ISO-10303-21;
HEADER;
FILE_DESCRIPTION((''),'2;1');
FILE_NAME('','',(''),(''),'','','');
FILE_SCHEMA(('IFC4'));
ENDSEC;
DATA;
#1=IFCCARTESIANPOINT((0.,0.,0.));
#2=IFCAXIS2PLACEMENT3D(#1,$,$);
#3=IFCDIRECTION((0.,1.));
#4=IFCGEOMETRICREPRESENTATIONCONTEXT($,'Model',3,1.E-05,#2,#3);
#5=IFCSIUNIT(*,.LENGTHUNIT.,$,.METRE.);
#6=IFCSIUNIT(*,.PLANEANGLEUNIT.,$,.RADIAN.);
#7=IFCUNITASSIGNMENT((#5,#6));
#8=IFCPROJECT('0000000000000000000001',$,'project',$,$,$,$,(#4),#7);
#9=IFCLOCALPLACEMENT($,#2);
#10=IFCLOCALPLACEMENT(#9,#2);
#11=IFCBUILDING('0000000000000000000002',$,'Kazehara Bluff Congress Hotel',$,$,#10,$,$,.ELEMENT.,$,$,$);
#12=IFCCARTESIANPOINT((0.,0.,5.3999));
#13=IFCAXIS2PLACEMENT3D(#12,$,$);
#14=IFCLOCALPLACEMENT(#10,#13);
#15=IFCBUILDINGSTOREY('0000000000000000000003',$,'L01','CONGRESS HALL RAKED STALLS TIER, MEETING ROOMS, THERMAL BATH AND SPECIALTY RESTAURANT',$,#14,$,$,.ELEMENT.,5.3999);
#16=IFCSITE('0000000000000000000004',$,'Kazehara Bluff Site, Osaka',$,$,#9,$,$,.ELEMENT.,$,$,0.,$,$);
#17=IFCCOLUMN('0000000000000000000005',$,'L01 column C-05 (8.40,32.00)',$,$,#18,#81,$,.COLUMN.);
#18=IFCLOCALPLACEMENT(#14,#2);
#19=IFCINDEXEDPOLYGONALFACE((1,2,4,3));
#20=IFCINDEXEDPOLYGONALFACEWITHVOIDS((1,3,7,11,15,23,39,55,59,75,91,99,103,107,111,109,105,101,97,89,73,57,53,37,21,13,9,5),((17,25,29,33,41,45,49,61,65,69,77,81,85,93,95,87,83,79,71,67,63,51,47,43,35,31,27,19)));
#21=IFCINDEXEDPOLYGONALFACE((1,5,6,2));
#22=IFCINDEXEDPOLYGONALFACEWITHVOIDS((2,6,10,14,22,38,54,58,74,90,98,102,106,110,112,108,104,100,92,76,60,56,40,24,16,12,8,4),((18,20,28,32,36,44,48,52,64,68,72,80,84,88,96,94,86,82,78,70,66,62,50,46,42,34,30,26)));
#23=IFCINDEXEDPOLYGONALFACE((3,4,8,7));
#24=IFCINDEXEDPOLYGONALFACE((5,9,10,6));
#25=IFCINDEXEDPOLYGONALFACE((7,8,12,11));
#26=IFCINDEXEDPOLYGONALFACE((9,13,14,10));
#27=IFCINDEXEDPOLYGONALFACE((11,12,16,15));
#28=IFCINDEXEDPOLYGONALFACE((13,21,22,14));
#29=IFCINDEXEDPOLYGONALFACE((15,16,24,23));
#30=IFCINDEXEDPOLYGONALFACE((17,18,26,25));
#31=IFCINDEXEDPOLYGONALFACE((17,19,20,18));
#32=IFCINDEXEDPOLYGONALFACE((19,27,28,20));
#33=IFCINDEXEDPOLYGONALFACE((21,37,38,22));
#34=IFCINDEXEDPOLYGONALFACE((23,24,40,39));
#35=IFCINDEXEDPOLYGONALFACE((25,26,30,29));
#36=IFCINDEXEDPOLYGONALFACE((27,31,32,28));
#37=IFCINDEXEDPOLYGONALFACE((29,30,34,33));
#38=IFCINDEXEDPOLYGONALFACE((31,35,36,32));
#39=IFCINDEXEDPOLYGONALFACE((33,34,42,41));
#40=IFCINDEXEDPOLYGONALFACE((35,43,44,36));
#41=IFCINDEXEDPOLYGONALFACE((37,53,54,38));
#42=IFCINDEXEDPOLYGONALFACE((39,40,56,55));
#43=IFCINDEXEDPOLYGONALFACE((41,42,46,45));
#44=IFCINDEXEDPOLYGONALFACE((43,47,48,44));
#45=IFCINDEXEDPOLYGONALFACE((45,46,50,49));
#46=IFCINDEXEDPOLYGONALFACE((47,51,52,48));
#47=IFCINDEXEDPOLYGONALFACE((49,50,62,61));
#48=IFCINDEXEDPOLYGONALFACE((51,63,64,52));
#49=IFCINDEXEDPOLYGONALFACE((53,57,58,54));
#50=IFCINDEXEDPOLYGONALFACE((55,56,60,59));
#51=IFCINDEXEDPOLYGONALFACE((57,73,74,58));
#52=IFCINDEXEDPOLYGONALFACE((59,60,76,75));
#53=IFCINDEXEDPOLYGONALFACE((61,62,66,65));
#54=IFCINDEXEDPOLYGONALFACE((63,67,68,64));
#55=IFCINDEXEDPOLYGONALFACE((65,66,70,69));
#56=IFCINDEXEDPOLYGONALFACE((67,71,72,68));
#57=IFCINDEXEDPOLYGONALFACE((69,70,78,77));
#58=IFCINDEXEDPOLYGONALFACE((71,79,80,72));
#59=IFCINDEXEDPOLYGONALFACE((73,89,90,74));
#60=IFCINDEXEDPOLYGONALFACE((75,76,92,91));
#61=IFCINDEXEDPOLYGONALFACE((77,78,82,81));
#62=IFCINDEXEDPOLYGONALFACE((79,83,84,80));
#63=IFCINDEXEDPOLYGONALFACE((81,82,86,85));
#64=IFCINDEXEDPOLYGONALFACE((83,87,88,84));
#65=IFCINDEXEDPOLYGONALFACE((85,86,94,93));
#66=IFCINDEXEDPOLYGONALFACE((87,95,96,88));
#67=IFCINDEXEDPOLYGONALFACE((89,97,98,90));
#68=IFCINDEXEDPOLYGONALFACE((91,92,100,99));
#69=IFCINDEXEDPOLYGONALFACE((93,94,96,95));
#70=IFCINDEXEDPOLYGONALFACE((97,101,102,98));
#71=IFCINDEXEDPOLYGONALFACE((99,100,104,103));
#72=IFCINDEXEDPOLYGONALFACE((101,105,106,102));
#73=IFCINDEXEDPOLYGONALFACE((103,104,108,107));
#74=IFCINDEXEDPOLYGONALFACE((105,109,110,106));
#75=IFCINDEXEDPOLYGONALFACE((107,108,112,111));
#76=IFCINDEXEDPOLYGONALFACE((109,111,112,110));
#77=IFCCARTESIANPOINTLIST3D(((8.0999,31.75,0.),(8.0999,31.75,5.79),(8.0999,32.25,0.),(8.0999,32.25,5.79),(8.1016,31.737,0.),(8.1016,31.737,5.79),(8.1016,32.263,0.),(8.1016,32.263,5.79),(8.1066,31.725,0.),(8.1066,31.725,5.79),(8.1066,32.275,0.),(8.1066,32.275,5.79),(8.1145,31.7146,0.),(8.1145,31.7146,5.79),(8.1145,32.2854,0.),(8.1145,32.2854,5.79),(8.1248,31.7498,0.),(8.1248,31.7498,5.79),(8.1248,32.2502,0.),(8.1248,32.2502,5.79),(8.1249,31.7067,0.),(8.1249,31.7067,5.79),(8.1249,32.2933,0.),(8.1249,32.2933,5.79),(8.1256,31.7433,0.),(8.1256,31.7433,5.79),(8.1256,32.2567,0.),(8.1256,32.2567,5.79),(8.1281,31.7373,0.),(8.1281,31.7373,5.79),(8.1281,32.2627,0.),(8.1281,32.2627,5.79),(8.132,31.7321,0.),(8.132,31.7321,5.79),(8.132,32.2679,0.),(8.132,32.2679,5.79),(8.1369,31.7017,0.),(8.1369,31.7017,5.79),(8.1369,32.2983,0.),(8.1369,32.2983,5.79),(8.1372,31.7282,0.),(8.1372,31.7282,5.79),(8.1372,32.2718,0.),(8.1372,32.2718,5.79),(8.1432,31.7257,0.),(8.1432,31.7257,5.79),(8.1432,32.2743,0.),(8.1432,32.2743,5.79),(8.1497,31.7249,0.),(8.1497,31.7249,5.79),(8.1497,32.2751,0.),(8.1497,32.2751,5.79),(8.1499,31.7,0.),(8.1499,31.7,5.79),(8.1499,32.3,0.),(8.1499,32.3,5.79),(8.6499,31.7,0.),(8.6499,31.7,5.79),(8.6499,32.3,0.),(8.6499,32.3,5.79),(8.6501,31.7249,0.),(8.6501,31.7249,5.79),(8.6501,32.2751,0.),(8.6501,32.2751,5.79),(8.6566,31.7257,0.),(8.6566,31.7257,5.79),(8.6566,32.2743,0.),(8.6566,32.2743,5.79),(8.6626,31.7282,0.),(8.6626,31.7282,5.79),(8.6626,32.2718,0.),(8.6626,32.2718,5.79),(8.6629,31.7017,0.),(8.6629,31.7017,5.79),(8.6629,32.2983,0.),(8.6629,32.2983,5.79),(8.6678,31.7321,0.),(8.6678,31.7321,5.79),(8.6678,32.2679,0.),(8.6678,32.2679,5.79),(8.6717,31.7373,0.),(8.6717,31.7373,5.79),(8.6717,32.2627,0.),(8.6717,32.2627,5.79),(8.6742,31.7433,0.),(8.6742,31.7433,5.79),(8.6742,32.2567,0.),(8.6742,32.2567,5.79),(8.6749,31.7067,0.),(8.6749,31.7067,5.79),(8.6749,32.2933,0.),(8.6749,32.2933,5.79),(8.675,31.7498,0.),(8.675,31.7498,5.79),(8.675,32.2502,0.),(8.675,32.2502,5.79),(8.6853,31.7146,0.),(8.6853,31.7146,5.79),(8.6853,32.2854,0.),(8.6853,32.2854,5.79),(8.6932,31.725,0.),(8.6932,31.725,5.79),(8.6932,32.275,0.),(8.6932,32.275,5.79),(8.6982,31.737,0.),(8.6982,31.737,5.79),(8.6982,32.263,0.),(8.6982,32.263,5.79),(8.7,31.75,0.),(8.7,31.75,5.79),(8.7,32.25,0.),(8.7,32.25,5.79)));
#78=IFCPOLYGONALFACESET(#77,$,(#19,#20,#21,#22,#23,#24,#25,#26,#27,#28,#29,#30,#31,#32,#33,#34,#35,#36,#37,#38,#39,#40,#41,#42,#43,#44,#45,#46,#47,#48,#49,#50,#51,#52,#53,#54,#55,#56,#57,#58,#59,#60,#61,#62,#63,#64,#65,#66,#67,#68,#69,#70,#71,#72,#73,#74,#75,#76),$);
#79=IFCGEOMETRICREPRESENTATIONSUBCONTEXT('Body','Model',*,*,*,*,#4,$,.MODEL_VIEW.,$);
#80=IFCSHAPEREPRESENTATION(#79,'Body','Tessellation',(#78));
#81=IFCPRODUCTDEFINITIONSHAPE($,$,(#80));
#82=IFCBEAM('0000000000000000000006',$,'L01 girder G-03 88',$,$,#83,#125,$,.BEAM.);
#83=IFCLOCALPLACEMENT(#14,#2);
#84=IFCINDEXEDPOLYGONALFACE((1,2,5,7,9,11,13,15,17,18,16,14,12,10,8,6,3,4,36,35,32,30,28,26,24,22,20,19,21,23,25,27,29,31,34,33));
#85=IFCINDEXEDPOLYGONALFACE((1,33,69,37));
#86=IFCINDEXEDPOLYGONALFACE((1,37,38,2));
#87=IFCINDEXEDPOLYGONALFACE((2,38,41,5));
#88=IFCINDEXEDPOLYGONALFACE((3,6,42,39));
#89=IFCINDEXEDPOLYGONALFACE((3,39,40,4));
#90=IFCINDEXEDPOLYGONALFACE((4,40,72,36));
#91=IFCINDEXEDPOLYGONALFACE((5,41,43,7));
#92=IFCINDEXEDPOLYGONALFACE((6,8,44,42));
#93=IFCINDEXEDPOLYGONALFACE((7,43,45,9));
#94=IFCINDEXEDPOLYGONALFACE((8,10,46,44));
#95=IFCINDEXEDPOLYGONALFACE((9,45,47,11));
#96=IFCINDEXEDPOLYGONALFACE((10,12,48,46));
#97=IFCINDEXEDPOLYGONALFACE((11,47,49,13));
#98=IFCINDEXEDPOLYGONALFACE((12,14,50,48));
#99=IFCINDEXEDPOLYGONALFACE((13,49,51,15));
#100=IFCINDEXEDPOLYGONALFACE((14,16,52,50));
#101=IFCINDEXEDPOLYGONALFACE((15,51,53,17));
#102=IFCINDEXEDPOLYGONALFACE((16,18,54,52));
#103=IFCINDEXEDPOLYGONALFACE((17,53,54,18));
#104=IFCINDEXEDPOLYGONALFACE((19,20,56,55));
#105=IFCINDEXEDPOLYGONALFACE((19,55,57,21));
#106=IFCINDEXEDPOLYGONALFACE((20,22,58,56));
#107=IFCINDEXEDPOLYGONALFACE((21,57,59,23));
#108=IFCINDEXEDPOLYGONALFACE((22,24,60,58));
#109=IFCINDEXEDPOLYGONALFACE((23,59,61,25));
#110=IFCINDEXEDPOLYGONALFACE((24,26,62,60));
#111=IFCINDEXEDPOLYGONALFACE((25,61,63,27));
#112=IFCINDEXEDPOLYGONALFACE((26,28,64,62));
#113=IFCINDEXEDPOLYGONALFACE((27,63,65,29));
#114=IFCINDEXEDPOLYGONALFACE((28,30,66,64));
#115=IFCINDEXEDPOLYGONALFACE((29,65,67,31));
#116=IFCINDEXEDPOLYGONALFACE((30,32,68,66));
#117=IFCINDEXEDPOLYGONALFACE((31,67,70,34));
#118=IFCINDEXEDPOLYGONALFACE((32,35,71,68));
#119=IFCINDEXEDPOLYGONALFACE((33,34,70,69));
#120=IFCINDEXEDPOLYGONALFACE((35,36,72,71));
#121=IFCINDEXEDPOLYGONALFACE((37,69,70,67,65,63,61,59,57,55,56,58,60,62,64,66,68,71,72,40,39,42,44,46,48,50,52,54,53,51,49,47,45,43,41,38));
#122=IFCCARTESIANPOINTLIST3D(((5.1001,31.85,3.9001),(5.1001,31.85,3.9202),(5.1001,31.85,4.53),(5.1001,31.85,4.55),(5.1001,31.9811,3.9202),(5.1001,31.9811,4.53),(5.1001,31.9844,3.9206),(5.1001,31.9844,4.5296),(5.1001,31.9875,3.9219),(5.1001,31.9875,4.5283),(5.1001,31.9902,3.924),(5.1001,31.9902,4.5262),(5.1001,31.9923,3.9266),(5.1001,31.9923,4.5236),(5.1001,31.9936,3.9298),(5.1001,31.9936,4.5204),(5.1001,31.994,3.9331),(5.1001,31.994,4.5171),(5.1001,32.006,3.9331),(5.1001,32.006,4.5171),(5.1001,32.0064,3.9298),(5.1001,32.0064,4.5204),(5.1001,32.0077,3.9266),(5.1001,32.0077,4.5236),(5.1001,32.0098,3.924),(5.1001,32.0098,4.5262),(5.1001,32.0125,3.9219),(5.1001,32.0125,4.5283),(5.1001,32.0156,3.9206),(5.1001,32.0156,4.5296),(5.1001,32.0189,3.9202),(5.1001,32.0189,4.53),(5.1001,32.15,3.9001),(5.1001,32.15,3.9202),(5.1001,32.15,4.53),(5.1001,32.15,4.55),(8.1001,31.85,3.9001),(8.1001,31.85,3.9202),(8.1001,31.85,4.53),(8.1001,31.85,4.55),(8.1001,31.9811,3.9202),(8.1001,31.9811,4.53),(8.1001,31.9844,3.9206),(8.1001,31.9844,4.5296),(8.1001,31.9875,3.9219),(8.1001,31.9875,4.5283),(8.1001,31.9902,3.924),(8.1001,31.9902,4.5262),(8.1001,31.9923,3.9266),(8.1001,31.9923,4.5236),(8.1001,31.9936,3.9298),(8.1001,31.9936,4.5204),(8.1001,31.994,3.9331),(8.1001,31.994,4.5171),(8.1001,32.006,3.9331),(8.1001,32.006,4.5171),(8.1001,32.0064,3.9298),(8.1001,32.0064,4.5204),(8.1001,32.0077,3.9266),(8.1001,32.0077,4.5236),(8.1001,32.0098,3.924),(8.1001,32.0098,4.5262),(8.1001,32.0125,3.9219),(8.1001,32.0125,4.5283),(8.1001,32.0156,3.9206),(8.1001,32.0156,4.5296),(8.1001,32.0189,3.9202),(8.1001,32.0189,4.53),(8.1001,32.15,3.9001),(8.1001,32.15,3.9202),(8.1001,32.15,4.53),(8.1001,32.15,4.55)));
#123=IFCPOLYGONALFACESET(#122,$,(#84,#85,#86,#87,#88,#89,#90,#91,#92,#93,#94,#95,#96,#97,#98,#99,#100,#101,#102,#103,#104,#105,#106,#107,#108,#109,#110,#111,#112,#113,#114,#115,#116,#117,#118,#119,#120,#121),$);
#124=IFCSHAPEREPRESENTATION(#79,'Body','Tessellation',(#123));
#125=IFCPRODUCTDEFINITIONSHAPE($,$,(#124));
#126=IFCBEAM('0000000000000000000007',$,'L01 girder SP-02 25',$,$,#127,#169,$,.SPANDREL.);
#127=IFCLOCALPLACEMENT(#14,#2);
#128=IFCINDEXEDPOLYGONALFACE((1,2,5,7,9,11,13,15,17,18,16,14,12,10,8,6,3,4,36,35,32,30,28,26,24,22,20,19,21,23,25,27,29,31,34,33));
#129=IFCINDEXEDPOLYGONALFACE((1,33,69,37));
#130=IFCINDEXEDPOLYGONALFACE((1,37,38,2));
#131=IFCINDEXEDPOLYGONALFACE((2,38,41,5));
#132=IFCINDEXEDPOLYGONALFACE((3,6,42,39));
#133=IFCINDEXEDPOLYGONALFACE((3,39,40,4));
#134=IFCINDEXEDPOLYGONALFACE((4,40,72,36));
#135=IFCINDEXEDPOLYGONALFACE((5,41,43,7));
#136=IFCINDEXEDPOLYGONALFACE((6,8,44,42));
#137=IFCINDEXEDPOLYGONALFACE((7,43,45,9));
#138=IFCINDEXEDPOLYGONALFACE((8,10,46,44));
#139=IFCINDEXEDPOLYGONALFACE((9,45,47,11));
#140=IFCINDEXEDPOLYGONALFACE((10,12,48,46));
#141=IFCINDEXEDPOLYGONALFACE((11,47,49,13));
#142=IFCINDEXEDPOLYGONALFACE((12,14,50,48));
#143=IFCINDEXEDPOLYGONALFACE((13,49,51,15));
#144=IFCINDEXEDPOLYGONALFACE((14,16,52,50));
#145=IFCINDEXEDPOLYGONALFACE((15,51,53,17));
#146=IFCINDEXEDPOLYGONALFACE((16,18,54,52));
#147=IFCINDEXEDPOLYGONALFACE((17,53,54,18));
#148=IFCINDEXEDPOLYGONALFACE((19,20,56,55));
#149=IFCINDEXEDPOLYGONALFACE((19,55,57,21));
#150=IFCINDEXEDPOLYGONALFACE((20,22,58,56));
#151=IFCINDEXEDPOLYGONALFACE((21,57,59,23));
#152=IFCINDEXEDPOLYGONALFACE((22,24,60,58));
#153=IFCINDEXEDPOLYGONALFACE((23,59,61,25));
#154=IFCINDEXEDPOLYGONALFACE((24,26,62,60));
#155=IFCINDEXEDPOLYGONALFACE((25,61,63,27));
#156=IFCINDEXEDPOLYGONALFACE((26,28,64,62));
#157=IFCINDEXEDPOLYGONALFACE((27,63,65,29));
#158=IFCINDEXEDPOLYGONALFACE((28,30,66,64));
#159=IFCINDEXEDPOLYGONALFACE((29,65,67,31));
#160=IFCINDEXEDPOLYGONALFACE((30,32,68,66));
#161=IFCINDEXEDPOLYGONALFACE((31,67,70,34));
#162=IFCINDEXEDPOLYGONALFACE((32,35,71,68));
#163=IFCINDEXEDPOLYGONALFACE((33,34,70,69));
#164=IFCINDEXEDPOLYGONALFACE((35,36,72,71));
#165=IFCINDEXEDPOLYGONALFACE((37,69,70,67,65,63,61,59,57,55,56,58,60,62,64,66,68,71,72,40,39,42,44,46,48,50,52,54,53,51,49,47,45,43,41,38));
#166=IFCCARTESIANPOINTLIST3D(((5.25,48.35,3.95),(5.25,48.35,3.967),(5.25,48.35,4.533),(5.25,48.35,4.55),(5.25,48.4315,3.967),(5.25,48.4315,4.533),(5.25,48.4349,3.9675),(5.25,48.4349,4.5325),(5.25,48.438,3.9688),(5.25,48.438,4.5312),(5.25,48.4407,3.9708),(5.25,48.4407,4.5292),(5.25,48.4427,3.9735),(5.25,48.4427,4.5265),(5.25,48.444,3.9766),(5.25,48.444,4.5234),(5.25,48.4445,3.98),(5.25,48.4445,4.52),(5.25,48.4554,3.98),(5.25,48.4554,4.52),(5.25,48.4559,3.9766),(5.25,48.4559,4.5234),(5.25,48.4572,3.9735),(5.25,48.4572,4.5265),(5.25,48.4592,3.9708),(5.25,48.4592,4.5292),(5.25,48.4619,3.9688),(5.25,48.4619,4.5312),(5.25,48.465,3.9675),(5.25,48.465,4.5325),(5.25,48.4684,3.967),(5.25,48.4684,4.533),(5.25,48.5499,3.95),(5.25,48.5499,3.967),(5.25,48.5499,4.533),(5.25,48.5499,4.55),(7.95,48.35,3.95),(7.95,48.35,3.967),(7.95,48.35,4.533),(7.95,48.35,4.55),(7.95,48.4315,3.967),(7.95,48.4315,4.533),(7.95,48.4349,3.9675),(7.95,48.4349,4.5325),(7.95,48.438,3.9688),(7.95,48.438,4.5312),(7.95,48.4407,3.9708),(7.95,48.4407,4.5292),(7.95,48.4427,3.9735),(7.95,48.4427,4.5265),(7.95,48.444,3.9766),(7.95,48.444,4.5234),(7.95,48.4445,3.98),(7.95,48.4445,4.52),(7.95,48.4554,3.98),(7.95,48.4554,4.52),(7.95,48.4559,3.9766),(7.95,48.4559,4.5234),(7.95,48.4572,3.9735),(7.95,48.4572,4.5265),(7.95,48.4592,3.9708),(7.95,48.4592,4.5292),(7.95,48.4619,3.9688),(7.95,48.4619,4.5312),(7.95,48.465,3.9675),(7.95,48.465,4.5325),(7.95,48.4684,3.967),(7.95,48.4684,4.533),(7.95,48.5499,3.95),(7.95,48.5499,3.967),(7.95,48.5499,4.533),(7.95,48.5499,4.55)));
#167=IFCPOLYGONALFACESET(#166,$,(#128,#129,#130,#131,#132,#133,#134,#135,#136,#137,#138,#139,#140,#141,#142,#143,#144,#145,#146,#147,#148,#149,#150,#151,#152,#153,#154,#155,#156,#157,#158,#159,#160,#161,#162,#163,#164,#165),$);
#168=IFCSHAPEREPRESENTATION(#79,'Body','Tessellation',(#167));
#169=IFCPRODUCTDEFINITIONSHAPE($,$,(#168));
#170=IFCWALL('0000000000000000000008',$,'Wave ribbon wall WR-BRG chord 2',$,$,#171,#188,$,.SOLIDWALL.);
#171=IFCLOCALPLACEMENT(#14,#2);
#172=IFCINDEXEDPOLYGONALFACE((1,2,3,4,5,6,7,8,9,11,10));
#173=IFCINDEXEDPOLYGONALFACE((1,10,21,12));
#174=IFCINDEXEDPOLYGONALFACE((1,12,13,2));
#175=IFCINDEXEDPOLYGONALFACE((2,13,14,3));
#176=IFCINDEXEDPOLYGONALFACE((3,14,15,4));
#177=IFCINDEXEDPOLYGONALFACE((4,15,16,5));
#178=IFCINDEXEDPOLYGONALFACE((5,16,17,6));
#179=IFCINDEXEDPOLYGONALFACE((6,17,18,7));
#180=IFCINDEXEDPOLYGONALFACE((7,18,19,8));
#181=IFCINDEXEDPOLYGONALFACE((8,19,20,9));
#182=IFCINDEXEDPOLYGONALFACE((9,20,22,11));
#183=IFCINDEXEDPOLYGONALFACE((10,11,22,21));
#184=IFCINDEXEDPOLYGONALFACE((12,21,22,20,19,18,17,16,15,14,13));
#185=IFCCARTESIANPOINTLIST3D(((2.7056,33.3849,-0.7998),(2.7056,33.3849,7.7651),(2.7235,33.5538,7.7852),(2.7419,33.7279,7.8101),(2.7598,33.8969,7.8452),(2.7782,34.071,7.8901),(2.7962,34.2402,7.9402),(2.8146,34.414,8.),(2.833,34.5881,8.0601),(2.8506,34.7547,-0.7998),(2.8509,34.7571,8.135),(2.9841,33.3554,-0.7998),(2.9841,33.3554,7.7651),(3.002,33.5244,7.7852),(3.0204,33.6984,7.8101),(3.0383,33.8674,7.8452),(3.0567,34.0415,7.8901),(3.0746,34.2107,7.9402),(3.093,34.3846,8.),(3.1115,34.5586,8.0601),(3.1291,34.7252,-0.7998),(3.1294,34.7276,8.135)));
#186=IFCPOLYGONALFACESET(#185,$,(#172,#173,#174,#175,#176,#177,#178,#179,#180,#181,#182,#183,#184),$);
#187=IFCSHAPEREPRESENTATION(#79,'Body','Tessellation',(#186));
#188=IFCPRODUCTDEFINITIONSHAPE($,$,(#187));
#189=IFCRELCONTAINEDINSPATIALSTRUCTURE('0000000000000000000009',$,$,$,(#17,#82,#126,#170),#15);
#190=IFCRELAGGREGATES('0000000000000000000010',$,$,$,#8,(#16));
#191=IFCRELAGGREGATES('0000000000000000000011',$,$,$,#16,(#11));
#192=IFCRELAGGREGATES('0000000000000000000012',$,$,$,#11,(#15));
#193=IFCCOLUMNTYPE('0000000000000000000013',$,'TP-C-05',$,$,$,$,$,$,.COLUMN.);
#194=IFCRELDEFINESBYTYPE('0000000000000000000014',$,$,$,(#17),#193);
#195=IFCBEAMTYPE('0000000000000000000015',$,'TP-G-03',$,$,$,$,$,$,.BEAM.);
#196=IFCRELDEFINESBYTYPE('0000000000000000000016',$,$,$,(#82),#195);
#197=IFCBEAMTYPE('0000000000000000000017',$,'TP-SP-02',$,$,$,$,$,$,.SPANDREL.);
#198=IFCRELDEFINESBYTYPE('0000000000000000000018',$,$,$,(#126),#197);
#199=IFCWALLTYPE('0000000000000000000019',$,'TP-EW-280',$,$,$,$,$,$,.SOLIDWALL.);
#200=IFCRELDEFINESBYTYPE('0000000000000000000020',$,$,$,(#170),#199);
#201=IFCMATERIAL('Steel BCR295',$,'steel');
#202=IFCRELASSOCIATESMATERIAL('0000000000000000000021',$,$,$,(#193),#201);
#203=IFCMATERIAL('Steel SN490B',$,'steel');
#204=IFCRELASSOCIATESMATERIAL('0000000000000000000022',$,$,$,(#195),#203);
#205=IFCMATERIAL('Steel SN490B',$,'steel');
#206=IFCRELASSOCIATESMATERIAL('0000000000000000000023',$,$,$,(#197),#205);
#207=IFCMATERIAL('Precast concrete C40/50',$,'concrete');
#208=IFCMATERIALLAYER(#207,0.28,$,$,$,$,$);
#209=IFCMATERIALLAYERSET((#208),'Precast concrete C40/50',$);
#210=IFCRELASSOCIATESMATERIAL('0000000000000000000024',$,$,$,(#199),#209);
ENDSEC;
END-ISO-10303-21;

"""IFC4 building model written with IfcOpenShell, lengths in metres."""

from ifc_helpers import new_model, si_unit, direction, frame, origin, origin_2d, place, context, subcontext, project, spatial, polyline, hollow_rectangle, i_section, outline, extrude, material, layer, layer_set, material_profile, profile_set, type_object, element, save


model = new_model("IFC4")

# Units and contexts
model_context = context("Model", 3, precision=1e-05, world=origin(), true_north=direction((0.0, 1.0)))
body_context = subcontext(model_context, "Body", "Model", "MODEL_VIEW")
ifc_project = project(units=[si_unit("LENGTHUNIT", "METRE"), si_unit("PLANEANGLEUNIT", "RADIAN")], contexts=[model_context])

# Site, building, storey
site_placement = place(None, origin())
site = spatial("IfcSite", under=ifc_project, at=site_placement, Name="Kazehara Bluff Site, Osaka", CompositionType="ELEMENT", RefElevation=0.0)
building_placement = place(site_placement, origin())
building = spatial("IfcBuilding", under=site, at=building_placement, Name="Kazehara Bluff Congress Hotel", CompositionType="ELEMENT")
storey_placement = place(building_placement, frame((0.0, 0.0, 5.3999)))
storey = spatial("IfcBuildingStorey", under=building, at=storey_placement, Name="L01", Description="CONGRESS HALL RAKED STALLS TIER, MEETING ROOMS, THERMAL BATH AND SPECIALTY RESTAURANT", CompositionType="ELEMENT", Elevation=5.3999)

# Column
ifc_material_1 = material(Name="Steel BCR295", Category="steel")
ifc_material_profile_1 = material_profile(ifc_material_1, hollow_rectangle(XDim=0.6001, YDim=0.6001, WallThickness=0.0249, InnerFilletRadius=0.0249, OuterFilletRadius=0.05, at=origin_2d()))
ifc_profile_set_1 = profile_set([ifc_material_profile_1], Name="Steel BCR295")
column_type_1 = type_object("IfcColumnType", Name="TP-C-05", PredefinedType="COLUMN", material=ifc_profile_set_1)
for number, where, z_axis, x_axis, name in (
    (1, (8.3999, 32.0, 0.0), (0.0, 0.0, 1.0), (1.0, 0.0, 0.0), "L01 column C-05 (8.40,32.00)"),
):
    element("IfcColumn", number, at=place(storey_placement, frame(where, z_axis=z_axis, x_axis=x_axis)), inside=storey, type_object=column_type_1, Name=name, PredefinedType="COLUMN", context=body_context, shape_type="SweptSolid", body=[
        extrude(hollow_rectangle(XDim=0.6001, YDim=0.6001, WallThickness=0.0249, InnerFilletRadius=0.0249, OuterFilletRadius=0.05, at=origin_2d()), origin(), (0.0, 0.0, 1.0), 5.79),
    ])

# Beams
ifc_material_2 = material(Name="Steel SN490B", Category="steel")
ifc_material_profile_2 = material_profile(ifc_material_2, i_section(OverallWidth=0.3, OverallDepth=0.6499, WebThickness=0.012, FlangeThickness=0.02, FilletRadius=0.0129, at=origin_2d()))
ifc_profile_set_2 = profile_set([ifc_material_profile_2], Name="Steel SN490B")
beam_type_1 = type_object("IfcBeamType", Name="TP-G-03", PredefinedType="BEAM", material=ifc_profile_set_2)
beam_1_placement = place(storey_placement, frame((5.1001, 32.0, 4.2251), z_axis=(1.0, 0.0, 0.0), x_axis=(0.0, 1.0, 0.0)))
element("IfcBeam", 2, at=beam_1_placement, inside=storey, type_object=beam_type_1, Name="L01 girder G-03 88", PredefinedType="BEAM", context=body_context, shape_type="SweptSolid", body=[
    extrude(i_section(OverallWidth=0.3, OverallDepth=0.6499, WebThickness=0.012, FlangeThickness=0.02, FilletRadius=0.0129, at=origin_2d()), origin(), (0.0, 0.0, 1.0), 3.0),
])
ifc_material_3 = material(Name="Steel SN490B", Category="steel")
ifc_material_profile_3 = material_profile(ifc_material_3, i_section(OverallWidth=0.2, OverallDepth=0.6001, WebThickness=0.011, FlangeThickness=0.0171, FilletRadius=0.0129, at=origin_2d()))
ifc_profile_set_3 = profile_set([ifc_material_profile_3], Name="Steel SN490B")
beam_type_2 = type_object("IfcBeamType", Name="TP-SP-02", PredefinedType="SPANDREL", material=ifc_profile_set_3)
beam_2_placement = place(storey_placement, frame((5.25, 48.45, 4.25), z_axis=(1.0, 0.0, 0.0), x_axis=(0.0, 1.0, 0.0)))
element("IfcBeam", 3, at=beam_2_placement, inside=storey, type_object=beam_type_2, Name="L01 girder SP-02 25", PredefinedType="SPANDREL", context=body_context, shape_type="SweptSolid", body=[
    extrude(i_section(OverallWidth=0.2, OverallDepth=0.6001, WebThickness=0.011, FlangeThickness=0.0171, FilletRadius=0.0129, at=origin_2d()), origin(), (0.0, 0.0, 1.0), 2.7),
])

# Wall
ifc_material_4 = material(Name="Precast concrete C40/50", Category="concrete")
ifc_layer_1 = layer(ifc_material_4, 0.28)
ifc_layer_set_1 = layer_set([ifc_layer_1], Name="Precast concrete C40/50")
wall_type = type_object("IfcWallType", Name="TP-EW-280", PredefinedType="SOLIDWALL", material=ifc_layer_set_1)
wall_1_placement = place(storey_placement, frame((2.845, 33.3701, -0.7998), z_axis=(0.0, 0.0, 1.0), x_axis=(0.105275, 0.994443, 0.0)))
element("IfcWall", 4, at=wall_1_placement, inside=storey, type_object=wall_type, Name="Wave ribbon wall WR-BRG chord 2", PredefinedType="SOLIDWALL", context=body_context, shape_type="SweptSolid", body=[
    extrude(outline(polyline([(0.0, 0.0), (1.3774, 0.0), (1.3799, 8.9348), (1.21, 8.8599), (1.0349, 8.7998), (0.8601, 8.74), (0.6899, 8.6899), (0.5149, 8.645), (0.345, 8.6099), (0.1699, 8.585), (0.0, 8.5649), (0.0, 0.0)])), frame((0.0, 0.1401, 0.0), z_axis=(0.0, -1.0, 0.0), x_axis=(1.0, 0.0, 0.0)), (0.0, 0.0, 1.0), 0.28),
])

save(model, "model.ifc")
